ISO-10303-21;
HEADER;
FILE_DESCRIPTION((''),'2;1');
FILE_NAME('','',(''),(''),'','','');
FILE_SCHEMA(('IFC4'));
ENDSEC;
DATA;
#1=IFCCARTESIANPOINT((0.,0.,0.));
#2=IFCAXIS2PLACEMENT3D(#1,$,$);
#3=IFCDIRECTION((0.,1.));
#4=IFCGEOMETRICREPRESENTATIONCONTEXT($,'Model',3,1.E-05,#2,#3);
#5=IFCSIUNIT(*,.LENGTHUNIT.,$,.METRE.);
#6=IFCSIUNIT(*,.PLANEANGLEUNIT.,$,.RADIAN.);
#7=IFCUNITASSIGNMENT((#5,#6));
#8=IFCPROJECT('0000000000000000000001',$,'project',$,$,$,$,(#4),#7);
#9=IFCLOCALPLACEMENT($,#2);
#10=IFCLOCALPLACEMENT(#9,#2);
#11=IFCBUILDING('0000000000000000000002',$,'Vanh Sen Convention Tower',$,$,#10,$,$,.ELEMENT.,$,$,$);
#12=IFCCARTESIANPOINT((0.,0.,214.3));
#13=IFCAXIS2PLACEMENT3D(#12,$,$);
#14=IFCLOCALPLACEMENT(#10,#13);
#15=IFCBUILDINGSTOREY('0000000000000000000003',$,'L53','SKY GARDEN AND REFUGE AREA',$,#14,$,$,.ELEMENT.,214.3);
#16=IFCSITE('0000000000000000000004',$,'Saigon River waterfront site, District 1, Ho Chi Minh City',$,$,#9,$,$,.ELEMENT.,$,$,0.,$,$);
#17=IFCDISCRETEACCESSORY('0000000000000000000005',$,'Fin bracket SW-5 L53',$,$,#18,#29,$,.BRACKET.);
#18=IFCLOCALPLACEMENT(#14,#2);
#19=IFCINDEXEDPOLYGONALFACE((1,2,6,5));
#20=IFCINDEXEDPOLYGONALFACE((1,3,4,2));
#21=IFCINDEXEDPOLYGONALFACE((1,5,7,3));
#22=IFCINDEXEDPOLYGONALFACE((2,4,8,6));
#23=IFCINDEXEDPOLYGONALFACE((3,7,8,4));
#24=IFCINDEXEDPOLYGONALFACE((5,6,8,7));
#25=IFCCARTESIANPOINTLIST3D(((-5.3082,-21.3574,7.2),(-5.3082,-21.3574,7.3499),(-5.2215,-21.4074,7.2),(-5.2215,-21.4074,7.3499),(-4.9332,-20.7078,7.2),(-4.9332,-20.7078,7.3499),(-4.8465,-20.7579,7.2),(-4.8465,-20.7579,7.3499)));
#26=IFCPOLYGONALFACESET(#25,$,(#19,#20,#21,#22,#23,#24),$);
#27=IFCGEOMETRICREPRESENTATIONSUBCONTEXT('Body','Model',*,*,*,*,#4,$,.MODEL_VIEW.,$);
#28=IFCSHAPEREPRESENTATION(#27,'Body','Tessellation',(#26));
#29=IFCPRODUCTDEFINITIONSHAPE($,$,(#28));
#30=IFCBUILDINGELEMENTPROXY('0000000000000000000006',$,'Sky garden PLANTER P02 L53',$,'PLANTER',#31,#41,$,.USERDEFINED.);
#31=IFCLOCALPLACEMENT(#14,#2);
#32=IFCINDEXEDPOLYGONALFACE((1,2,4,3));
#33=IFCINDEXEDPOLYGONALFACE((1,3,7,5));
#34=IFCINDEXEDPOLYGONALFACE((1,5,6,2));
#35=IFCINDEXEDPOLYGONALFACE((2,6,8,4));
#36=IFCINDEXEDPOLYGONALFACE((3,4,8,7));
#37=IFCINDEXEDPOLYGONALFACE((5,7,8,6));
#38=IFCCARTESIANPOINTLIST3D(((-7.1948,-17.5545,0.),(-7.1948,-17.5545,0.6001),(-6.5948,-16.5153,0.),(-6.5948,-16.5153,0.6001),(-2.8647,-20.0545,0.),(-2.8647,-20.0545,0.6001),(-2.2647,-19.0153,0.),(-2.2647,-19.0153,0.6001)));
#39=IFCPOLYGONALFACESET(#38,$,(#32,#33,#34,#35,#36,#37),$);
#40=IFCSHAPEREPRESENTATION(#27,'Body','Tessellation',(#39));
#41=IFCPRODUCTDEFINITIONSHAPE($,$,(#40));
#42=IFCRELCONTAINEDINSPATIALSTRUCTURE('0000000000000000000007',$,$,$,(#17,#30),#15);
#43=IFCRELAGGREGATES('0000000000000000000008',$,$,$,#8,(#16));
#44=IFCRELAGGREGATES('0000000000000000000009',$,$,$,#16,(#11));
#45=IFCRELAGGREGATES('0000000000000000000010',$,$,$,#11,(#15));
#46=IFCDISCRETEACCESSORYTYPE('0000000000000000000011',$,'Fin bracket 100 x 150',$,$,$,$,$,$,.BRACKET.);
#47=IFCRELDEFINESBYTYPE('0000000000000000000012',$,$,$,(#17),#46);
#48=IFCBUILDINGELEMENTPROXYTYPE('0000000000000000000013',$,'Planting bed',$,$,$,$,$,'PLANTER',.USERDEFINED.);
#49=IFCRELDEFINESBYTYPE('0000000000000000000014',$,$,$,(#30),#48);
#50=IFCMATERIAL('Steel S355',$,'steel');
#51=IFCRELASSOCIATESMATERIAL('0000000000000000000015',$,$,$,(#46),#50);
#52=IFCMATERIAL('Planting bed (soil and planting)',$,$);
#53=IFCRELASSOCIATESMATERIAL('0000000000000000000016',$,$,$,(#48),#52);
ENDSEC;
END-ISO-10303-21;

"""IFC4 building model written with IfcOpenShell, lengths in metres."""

from ifc_helpers import new_model, si_unit, direction, frame, origin, origin_2d, place, context, subcontext, project, spatial, rectangle, extrude, material, type_object, element, save


model = new_model("IFC4")

# Units and contexts
model_context = context("Model", 3, precision=1e-05, world=origin(), true_north=direction((0.0, 1.0)))
body_context = subcontext(model_context, "Body", "Model", "MODEL_VIEW")
ifc_project = project(units=[si_unit("LENGTHUNIT", "METRE"), si_unit("PLANEANGLEUNIT", "RADIAN")], contexts=[model_context])

# Site, building, storey
site_placement = place(None, origin())
site = spatial("IfcSite", under=ifc_project, at=site_placement, Name="Saigon River waterfront site, District 1, Ho Chi Minh City", CompositionType="ELEMENT", RefElevation=0.0)
building_placement = place(site_placement, origin())
building = spatial("IfcBuilding", under=site, at=building_placement, Name="Vanh Sen Convention Tower", CompositionType="ELEMENT")
storey_placement = place(building_placement, frame((0.0, 0.0, 214.3)))
storey = spatial("IfcBuildingStorey", under=building, at=storey_placement, Name="L53", Description="SKY GARDEN AND REFUGE AREA", CompositionType="ELEMENT", Elevation=214.3)

# Discrete accessory
ifc_material_1 = material(Name="Steel S355", Category="steel")
discrete_accessory_type = type_object("IfcDiscreteAccessoryType", Name="Fin bracket 100 x 150", PredefinedType="BRACKET", material=ifc_material_1)
discrete_accessory_placement = place(storey_placement, frame((-5.0774, -21.0576, 7.2), z_axis=(0.0, 0.0, 1.0), x_axis=(-0.5, -0.866025, 0.0)))
element("IfcDiscreteAccessory", 1, at=discrete_accessory_placement, inside=storey, type_object=discrete_accessory_type, Name="Fin bracket SW-5 L53", PredefinedType="BRACKET", context=body_context, shape_type="SweptSolid", body=[
    extrude(rectangle(XDim=0.75, YDim=0.1001, at=origin_2d()), origin(), (0.0, 0.0, 1.0), 0.1499),
])

# Building element proxy
ifc_material_2 = material(Name="Planting bed (soil and planting)")
building_element_proxy_type = type_object("IfcBuildingElementProxyType", Name="Planting bed", ElementType="PLANTER", PredefinedType="USERDEFINED", material=ifc_material_2)
proxy_placement = place(storey_placement, frame((-4.7297, -18.2849, 0.0), z_axis=(0.0, 0.0, 1.0), x_axis=(0.866025, -0.500002, 0.0)))
element("IfcBuildingElementProxy", 2, at=proxy_placement, inside=storey, type_object=building_element_proxy_type, Name="Sky garden PLANTER P02 L53", ObjectType="PLANTER", PredefinedType="USERDEFINED", context=body_context, shape_type="SweptSolid", body=[
    extrude(rectangle(XDim=5.0, YDim=1.2, at=origin_2d()), origin(), (0.0, 0.0, 1.0), 0.6001),
])

save(model, "model.ifc")
